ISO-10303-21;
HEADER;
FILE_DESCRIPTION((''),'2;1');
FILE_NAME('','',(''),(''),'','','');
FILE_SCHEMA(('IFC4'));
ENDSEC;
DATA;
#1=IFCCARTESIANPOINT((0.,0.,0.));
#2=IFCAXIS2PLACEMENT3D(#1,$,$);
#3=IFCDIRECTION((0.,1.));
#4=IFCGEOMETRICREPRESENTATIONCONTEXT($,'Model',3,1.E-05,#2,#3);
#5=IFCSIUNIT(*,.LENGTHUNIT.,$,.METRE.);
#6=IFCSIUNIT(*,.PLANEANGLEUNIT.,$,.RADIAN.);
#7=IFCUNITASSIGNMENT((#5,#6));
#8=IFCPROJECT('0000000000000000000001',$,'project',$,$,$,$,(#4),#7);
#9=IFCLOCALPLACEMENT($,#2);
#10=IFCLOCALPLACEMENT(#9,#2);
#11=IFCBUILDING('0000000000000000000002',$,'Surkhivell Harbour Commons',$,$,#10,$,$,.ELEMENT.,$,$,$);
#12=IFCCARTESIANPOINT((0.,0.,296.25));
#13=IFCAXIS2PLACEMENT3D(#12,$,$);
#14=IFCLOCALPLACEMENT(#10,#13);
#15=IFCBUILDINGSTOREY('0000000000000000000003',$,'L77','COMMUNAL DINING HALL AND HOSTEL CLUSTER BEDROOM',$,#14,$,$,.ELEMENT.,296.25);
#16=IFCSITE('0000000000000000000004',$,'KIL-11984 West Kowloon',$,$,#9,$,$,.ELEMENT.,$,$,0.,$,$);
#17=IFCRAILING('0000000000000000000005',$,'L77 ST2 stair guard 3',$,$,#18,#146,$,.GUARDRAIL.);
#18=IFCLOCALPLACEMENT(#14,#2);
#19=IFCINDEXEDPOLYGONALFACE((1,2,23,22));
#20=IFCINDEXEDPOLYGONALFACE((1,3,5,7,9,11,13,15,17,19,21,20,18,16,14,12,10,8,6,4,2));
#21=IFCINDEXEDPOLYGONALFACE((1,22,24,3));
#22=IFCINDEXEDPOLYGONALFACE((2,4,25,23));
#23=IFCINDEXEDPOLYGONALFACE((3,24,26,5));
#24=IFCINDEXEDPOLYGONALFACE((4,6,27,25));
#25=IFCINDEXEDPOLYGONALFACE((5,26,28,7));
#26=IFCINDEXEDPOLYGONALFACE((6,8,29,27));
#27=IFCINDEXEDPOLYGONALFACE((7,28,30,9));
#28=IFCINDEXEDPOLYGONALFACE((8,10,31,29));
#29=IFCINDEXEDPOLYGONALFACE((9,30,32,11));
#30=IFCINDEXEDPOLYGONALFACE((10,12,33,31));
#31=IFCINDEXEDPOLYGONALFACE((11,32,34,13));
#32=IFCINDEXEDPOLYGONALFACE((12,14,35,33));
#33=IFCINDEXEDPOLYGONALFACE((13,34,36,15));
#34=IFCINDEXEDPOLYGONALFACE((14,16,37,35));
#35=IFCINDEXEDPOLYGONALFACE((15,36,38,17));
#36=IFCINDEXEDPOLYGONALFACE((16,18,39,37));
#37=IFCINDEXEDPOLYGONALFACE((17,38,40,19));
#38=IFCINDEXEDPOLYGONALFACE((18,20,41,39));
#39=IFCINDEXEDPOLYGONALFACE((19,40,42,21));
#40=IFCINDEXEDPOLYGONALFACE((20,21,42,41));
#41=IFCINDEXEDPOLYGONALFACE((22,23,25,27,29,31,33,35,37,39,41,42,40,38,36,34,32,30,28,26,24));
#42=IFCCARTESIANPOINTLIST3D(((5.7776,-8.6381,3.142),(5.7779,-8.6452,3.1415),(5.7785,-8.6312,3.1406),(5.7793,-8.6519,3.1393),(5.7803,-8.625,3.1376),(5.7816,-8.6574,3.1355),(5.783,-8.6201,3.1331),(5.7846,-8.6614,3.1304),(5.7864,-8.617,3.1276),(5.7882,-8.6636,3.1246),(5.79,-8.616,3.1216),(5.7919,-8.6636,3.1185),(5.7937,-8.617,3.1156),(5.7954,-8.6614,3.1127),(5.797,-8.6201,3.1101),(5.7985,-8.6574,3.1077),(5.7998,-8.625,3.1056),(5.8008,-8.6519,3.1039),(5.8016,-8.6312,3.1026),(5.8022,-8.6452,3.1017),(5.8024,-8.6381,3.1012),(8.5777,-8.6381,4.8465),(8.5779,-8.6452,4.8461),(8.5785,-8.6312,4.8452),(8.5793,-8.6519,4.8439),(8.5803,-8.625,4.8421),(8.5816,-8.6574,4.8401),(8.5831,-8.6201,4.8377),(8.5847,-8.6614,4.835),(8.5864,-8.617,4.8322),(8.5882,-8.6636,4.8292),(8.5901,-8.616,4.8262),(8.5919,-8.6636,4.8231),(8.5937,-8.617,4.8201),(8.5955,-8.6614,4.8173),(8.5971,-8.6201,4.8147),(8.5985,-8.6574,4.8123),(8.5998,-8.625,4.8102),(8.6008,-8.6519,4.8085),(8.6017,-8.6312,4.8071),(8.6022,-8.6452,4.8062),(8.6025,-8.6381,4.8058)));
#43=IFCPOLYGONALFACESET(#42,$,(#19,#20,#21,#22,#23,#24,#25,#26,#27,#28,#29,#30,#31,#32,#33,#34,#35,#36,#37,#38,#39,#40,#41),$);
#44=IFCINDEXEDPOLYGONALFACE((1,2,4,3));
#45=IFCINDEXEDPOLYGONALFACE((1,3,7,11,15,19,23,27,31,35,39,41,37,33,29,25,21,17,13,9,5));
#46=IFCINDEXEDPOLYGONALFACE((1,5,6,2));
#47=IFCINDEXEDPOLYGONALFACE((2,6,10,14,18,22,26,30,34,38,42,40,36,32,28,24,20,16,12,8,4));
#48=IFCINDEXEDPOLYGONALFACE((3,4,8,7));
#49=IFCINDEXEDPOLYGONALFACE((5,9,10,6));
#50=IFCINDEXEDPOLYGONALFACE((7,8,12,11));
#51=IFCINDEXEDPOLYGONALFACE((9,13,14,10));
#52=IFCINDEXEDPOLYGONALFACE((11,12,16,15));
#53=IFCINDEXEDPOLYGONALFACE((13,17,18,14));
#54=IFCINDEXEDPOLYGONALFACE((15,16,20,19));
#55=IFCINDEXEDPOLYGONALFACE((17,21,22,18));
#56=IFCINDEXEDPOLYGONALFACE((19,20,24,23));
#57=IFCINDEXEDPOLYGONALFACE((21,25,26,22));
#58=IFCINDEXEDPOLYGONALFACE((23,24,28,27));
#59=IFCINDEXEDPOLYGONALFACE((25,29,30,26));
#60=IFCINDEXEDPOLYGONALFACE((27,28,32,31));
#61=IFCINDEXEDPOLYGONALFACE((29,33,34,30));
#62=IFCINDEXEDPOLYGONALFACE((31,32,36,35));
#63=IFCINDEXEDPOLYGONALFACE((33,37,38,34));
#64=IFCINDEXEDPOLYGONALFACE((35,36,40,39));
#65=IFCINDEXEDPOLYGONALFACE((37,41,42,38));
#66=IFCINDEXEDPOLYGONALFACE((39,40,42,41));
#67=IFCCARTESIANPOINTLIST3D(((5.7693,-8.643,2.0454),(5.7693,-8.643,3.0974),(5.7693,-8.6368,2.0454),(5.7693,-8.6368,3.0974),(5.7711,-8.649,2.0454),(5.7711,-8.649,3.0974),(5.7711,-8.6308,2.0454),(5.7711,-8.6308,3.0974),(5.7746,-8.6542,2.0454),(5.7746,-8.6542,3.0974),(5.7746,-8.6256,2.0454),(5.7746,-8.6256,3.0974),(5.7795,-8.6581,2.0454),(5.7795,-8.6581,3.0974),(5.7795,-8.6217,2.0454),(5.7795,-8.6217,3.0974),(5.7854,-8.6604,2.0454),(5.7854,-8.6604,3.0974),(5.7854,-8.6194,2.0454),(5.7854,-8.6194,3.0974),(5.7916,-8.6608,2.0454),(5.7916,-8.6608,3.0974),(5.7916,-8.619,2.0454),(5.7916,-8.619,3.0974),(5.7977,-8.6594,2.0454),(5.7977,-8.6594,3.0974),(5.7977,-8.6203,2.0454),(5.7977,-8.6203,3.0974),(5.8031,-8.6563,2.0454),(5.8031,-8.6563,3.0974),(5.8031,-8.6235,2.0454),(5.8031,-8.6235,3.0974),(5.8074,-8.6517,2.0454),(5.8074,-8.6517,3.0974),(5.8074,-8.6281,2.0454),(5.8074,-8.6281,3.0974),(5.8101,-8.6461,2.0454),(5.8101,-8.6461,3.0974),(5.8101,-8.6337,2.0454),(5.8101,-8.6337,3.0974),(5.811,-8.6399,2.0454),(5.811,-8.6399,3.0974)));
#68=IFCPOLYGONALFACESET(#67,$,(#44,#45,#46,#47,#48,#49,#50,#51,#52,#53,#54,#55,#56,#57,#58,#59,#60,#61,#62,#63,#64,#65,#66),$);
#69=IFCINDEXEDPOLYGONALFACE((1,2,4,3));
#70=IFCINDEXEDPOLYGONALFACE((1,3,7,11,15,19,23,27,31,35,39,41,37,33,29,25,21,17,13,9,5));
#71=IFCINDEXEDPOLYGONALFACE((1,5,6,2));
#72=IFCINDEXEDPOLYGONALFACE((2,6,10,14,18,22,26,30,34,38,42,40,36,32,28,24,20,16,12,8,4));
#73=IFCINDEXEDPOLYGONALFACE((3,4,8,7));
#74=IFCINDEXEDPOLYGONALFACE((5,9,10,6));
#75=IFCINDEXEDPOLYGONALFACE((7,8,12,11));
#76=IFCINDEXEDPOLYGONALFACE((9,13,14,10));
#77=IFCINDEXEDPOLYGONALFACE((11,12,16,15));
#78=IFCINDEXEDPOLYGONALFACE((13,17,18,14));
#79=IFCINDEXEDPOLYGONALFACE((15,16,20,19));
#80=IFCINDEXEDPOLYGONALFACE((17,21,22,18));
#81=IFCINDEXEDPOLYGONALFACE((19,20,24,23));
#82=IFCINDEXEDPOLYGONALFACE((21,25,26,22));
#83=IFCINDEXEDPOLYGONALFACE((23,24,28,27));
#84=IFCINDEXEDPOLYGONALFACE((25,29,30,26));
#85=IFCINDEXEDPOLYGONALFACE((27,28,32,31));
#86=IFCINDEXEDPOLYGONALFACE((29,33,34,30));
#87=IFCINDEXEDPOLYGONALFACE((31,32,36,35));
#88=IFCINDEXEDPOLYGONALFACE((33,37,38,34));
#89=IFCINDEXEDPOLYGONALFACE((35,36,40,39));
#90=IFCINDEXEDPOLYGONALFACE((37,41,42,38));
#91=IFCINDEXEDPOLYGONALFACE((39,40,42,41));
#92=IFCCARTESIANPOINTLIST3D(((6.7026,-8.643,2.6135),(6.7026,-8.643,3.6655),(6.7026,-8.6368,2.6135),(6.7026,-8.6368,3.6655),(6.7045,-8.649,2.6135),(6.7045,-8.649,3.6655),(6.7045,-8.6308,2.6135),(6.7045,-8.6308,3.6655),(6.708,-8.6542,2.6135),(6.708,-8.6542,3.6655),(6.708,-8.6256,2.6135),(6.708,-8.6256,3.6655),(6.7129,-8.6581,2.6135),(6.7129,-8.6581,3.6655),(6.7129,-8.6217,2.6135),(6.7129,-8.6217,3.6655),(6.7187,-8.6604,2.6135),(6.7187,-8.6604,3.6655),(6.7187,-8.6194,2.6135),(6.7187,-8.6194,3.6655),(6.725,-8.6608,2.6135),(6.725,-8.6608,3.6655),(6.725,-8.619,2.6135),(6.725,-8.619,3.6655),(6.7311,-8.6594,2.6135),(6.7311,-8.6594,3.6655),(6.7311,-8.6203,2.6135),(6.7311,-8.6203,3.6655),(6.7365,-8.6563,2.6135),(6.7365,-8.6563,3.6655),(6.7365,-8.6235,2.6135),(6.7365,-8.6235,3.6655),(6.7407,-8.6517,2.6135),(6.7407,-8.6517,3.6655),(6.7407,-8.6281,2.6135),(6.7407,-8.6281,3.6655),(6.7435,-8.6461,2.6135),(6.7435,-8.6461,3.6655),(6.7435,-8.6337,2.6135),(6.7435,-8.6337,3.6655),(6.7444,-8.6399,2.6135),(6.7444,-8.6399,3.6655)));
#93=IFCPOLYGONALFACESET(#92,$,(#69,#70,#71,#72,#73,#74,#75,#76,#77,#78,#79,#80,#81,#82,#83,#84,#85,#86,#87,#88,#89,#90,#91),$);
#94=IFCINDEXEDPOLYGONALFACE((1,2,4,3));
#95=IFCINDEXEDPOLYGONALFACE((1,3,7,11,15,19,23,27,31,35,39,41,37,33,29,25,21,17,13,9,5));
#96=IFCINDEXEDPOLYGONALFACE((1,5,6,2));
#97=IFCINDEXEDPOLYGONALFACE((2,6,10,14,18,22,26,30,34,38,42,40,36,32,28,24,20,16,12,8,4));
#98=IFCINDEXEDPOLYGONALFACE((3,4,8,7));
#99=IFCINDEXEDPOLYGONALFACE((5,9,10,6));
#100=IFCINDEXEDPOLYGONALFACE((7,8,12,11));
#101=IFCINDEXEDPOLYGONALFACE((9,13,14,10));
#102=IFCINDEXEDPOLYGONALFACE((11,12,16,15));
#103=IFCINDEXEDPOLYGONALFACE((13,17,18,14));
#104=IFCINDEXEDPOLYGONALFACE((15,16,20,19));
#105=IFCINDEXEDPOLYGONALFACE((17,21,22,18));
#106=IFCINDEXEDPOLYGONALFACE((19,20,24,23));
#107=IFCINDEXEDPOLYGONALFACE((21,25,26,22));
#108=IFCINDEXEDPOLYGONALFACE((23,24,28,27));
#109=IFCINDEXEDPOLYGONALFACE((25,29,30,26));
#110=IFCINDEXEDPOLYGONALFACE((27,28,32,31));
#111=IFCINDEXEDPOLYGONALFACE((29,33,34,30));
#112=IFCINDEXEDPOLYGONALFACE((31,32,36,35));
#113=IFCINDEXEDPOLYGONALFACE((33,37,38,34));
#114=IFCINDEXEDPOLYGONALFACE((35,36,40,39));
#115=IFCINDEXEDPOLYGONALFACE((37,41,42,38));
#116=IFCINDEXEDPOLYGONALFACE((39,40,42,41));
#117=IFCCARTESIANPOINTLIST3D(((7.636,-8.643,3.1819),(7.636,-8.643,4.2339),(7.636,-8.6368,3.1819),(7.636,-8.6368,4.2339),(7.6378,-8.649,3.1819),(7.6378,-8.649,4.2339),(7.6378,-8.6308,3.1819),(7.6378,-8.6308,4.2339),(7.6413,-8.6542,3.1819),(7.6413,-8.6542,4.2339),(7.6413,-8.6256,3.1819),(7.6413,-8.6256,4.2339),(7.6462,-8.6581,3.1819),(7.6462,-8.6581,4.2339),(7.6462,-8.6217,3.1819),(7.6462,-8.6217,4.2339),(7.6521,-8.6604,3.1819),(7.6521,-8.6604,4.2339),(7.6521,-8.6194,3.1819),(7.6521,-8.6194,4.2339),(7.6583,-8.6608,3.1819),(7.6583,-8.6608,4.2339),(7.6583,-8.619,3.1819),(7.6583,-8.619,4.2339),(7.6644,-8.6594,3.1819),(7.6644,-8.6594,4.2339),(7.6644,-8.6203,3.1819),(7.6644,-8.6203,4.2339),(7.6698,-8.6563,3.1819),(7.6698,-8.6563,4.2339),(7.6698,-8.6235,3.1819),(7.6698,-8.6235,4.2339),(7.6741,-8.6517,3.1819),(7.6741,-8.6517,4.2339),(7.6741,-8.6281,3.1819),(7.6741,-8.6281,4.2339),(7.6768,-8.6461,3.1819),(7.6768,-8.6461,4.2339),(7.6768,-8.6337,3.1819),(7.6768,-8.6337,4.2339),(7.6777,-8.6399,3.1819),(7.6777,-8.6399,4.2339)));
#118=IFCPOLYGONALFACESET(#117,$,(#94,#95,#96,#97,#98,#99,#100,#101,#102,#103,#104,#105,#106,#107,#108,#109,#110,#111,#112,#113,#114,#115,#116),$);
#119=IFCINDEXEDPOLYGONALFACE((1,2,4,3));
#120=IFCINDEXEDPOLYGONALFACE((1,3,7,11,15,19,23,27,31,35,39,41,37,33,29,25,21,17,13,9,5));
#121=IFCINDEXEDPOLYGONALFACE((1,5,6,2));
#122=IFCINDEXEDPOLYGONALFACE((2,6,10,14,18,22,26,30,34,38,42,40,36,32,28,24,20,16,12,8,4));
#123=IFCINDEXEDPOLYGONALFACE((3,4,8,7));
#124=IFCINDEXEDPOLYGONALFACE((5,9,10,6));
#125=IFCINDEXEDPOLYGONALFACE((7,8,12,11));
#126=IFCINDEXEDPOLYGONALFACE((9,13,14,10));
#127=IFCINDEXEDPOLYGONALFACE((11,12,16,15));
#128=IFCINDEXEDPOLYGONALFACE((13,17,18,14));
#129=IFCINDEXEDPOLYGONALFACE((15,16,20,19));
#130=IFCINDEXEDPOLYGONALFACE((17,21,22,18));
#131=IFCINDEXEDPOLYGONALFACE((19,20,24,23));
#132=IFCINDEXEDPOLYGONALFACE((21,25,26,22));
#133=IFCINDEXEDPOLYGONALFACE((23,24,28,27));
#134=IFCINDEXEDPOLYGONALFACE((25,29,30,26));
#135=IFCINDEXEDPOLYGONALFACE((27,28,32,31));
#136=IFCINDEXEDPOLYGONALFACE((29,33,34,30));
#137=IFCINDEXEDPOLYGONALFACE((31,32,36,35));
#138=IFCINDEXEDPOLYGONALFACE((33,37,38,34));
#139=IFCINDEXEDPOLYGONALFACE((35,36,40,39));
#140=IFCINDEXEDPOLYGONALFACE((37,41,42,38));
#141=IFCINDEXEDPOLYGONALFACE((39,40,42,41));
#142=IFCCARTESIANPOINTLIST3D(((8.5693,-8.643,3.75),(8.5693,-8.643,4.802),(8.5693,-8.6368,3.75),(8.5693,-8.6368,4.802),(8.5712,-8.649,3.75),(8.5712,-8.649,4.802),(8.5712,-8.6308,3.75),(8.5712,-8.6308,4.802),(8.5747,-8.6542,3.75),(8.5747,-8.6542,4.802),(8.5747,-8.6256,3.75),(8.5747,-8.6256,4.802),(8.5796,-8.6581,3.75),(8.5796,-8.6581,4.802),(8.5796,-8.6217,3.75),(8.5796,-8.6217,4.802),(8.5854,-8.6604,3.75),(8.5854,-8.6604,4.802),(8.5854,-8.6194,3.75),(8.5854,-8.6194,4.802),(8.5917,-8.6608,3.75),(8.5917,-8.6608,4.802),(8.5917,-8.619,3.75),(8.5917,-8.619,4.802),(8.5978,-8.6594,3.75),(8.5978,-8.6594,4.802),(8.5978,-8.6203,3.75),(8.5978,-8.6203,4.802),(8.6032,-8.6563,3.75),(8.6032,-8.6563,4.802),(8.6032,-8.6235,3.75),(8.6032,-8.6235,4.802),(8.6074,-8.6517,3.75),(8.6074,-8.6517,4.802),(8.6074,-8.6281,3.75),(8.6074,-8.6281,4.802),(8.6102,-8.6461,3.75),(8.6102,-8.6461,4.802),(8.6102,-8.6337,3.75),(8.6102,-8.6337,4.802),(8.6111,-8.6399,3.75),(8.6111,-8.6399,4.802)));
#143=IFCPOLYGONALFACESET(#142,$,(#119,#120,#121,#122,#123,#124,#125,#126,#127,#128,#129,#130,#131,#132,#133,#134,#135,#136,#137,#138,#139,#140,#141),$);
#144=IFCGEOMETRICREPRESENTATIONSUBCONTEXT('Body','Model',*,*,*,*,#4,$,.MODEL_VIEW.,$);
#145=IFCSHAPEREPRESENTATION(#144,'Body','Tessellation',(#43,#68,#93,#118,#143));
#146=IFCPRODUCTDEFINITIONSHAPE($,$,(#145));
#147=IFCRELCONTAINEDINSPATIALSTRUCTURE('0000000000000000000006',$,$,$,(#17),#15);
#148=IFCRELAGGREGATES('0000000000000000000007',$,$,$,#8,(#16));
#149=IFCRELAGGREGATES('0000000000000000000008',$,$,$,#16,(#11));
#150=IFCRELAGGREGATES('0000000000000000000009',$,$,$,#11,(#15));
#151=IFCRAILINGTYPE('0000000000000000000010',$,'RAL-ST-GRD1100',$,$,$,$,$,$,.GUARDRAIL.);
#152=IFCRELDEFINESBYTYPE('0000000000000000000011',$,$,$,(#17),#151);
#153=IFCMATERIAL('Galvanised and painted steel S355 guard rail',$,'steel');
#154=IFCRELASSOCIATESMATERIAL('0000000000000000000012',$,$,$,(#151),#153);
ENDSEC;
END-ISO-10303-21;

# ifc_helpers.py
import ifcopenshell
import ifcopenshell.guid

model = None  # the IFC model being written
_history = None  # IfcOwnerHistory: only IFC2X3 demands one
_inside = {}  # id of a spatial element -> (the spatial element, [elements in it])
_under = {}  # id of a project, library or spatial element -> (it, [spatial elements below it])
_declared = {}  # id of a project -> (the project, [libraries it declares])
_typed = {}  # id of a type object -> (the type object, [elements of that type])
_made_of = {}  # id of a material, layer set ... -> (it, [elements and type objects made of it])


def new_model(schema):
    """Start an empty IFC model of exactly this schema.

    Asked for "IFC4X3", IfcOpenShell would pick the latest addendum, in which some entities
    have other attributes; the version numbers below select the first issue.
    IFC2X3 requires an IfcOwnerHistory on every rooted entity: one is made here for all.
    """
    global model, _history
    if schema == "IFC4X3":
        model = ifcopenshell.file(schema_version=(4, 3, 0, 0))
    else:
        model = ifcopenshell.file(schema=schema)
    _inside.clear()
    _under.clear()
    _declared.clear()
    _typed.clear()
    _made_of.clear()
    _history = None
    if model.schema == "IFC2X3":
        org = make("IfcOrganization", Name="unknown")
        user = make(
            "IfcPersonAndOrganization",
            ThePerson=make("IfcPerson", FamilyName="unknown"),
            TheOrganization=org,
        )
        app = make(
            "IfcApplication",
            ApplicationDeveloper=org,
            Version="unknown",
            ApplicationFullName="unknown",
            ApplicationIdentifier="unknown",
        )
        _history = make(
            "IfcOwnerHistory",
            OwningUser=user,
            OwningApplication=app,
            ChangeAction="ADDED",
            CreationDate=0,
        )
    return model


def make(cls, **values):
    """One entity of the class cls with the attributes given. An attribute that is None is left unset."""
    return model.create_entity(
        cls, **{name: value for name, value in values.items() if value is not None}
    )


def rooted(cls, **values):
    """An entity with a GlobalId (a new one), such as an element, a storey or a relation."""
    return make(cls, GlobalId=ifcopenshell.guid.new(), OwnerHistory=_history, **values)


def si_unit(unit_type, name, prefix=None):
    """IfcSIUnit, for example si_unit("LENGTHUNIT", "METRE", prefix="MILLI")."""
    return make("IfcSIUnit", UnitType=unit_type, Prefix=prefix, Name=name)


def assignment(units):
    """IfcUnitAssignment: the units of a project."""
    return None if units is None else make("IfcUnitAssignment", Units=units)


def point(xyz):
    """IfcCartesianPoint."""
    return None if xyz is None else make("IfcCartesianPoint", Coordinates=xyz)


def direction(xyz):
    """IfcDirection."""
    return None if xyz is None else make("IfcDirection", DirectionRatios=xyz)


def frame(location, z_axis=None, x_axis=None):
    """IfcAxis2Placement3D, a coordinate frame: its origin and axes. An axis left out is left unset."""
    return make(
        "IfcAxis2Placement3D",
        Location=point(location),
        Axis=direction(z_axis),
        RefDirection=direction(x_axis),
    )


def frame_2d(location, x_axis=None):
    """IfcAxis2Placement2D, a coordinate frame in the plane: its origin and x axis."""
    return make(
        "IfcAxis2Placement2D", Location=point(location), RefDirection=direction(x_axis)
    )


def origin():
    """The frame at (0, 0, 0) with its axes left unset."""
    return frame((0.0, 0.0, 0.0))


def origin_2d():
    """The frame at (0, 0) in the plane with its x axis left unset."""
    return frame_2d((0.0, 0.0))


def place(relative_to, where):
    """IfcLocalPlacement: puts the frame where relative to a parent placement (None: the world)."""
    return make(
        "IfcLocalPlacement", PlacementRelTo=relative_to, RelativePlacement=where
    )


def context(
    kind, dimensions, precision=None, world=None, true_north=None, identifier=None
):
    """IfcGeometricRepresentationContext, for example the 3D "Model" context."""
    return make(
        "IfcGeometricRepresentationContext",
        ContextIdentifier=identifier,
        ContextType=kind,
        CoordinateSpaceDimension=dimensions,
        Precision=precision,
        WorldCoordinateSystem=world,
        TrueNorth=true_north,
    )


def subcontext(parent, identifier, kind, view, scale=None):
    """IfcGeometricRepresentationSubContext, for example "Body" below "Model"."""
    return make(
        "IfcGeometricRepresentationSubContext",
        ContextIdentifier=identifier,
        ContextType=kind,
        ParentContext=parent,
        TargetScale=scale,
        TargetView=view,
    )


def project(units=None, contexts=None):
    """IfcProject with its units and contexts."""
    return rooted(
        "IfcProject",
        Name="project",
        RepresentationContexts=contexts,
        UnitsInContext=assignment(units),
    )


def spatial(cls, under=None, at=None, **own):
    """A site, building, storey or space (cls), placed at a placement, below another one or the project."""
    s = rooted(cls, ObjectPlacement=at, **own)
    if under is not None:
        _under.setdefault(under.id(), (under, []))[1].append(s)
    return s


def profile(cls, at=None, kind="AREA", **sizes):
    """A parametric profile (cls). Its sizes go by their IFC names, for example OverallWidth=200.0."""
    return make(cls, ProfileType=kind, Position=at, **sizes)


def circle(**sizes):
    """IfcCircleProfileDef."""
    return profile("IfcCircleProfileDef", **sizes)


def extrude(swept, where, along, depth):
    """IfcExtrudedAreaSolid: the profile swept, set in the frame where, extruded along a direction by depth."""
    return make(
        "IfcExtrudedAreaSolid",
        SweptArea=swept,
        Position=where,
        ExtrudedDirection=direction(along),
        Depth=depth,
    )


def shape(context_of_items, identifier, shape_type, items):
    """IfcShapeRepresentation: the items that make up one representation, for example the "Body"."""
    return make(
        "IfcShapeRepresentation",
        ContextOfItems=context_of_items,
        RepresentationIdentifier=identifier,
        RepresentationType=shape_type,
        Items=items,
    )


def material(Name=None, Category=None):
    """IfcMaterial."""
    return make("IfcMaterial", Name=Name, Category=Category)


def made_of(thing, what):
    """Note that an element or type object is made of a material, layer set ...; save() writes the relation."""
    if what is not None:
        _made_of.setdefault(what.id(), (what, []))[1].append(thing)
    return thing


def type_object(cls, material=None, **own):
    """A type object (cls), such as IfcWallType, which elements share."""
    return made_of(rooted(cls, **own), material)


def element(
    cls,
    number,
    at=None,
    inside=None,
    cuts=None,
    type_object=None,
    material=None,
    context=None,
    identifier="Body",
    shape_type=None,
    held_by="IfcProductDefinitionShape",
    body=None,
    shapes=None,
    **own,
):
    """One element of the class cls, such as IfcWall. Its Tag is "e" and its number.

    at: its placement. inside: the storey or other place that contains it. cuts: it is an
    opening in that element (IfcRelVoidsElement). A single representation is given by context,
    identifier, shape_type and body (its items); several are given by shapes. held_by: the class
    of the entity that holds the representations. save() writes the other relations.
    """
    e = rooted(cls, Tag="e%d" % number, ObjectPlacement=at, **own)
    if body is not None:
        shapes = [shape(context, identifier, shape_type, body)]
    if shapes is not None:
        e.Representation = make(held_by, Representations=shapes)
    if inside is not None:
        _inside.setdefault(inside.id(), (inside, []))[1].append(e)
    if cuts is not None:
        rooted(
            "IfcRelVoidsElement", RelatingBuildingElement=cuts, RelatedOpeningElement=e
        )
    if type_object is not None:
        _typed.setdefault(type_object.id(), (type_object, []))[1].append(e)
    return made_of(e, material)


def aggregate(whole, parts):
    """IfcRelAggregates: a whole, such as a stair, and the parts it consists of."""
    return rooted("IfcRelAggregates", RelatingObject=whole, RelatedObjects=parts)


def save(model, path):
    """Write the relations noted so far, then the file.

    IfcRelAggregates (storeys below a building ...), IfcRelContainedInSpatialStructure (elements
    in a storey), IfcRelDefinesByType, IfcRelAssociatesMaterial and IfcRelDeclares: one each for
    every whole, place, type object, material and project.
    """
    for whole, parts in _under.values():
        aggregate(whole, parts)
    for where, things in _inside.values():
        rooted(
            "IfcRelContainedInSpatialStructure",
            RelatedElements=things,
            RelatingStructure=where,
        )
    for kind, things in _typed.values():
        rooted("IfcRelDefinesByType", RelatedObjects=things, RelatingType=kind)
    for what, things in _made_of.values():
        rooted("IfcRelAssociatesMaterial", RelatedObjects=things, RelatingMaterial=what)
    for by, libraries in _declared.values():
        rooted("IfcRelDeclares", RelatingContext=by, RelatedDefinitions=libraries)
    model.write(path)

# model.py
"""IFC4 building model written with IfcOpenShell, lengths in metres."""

from ifc_helpers import new_model, si_unit, direction, frame, origin, origin_2d, place, context, subcontext, project, spatial, circle, extrude, material, type_object, element, save


model = new_model("IFC4")

# Units and contexts
model_context = context("Model", 3, precision=1e-05, world=origin(), true_north=direction((0.0, 1.0)))
body_context = subcontext(model_context, "Body", "Model", "MODEL_VIEW")
ifc_project = project(units=[si_unit("LENGTHUNIT", "METRE"), si_unit("PLANEANGLEUNIT", "RADIAN")], contexts=[model_context])

# Site, building, storey
site_placement = place(None, origin())
site = spatial("IfcSite", under=ifc_project, at=site_placement, Name="KIL-11984 West Kowloon", CompositionType="ELEMENT", RefElevation=0.0)
building_placement = place(site_placement, origin())
building = spatial("IfcBuilding", under=site, at=building_placement, Name="Surkhivell Harbour Commons", CompositionType="ELEMENT")
storey_placement = place(building_placement, frame((0.0, 0.0, 296.25)))
storey = spatial("IfcBuildingStorey", under=building, at=storey_placement, Name="L77", Description="COMMUNAL DINING HALL AND HOSTEL CLUSTER BEDROOM", CompositionType="ELEMENT", Elevation=296.25)

# Railing
ifc_material_1 = material(Name="Galvanised and painted steel S355 guard rail", Category="steel")
railing_type_1 = type_object("IfcRailingType", Name="RAL-ST-GRD1100", PredefinedType="GUARDRAIL", material=ifc_material_1)
railing_1_placement = place(storey_placement, frame((5.79, -8.6399, 2.0454)))
element("IfcRailing", 1, at=railing_1_placement, inside=storey, type_object=railing_type_1, Name="L77 ST2 stair guard 3", PredefinedType="GUARDRAIL", context=body_context, shape_type="SweptSolid", body=[
    extrude(circle(Radius=0.0239, at=origin_2d()), frame((0.0, 0.0, 1.0762), z_axis=(0.85417, 0.0, 0.519994), x_axis=(0.0, 1.0, 0.0)), (0.0, 0.0, 1.0), 3.2781),
    extrude(circle(Radius=0.021, at=origin_2d()), origin(), (0.0, 0.0, 1.0), 1.052),
    extrude(circle(Radius=0.021, at=origin_2d()), frame((0.9333, 0.0, 0.5681)), (0.0, 0.0, 1.0), 1.052),
    extrude(circle(Radius=0.021, at=origin_2d()), frame((1.8667, 0.0, 1.1365)), (0.0, 0.0, 1.0), 1.052),
    extrude(circle(Radius=0.021, at=origin_2d()), frame((2.8, 0.0, 1.7046)), (0.0, 0.0, 1.0), 1.052),
])

save(model, "model.ifc")
